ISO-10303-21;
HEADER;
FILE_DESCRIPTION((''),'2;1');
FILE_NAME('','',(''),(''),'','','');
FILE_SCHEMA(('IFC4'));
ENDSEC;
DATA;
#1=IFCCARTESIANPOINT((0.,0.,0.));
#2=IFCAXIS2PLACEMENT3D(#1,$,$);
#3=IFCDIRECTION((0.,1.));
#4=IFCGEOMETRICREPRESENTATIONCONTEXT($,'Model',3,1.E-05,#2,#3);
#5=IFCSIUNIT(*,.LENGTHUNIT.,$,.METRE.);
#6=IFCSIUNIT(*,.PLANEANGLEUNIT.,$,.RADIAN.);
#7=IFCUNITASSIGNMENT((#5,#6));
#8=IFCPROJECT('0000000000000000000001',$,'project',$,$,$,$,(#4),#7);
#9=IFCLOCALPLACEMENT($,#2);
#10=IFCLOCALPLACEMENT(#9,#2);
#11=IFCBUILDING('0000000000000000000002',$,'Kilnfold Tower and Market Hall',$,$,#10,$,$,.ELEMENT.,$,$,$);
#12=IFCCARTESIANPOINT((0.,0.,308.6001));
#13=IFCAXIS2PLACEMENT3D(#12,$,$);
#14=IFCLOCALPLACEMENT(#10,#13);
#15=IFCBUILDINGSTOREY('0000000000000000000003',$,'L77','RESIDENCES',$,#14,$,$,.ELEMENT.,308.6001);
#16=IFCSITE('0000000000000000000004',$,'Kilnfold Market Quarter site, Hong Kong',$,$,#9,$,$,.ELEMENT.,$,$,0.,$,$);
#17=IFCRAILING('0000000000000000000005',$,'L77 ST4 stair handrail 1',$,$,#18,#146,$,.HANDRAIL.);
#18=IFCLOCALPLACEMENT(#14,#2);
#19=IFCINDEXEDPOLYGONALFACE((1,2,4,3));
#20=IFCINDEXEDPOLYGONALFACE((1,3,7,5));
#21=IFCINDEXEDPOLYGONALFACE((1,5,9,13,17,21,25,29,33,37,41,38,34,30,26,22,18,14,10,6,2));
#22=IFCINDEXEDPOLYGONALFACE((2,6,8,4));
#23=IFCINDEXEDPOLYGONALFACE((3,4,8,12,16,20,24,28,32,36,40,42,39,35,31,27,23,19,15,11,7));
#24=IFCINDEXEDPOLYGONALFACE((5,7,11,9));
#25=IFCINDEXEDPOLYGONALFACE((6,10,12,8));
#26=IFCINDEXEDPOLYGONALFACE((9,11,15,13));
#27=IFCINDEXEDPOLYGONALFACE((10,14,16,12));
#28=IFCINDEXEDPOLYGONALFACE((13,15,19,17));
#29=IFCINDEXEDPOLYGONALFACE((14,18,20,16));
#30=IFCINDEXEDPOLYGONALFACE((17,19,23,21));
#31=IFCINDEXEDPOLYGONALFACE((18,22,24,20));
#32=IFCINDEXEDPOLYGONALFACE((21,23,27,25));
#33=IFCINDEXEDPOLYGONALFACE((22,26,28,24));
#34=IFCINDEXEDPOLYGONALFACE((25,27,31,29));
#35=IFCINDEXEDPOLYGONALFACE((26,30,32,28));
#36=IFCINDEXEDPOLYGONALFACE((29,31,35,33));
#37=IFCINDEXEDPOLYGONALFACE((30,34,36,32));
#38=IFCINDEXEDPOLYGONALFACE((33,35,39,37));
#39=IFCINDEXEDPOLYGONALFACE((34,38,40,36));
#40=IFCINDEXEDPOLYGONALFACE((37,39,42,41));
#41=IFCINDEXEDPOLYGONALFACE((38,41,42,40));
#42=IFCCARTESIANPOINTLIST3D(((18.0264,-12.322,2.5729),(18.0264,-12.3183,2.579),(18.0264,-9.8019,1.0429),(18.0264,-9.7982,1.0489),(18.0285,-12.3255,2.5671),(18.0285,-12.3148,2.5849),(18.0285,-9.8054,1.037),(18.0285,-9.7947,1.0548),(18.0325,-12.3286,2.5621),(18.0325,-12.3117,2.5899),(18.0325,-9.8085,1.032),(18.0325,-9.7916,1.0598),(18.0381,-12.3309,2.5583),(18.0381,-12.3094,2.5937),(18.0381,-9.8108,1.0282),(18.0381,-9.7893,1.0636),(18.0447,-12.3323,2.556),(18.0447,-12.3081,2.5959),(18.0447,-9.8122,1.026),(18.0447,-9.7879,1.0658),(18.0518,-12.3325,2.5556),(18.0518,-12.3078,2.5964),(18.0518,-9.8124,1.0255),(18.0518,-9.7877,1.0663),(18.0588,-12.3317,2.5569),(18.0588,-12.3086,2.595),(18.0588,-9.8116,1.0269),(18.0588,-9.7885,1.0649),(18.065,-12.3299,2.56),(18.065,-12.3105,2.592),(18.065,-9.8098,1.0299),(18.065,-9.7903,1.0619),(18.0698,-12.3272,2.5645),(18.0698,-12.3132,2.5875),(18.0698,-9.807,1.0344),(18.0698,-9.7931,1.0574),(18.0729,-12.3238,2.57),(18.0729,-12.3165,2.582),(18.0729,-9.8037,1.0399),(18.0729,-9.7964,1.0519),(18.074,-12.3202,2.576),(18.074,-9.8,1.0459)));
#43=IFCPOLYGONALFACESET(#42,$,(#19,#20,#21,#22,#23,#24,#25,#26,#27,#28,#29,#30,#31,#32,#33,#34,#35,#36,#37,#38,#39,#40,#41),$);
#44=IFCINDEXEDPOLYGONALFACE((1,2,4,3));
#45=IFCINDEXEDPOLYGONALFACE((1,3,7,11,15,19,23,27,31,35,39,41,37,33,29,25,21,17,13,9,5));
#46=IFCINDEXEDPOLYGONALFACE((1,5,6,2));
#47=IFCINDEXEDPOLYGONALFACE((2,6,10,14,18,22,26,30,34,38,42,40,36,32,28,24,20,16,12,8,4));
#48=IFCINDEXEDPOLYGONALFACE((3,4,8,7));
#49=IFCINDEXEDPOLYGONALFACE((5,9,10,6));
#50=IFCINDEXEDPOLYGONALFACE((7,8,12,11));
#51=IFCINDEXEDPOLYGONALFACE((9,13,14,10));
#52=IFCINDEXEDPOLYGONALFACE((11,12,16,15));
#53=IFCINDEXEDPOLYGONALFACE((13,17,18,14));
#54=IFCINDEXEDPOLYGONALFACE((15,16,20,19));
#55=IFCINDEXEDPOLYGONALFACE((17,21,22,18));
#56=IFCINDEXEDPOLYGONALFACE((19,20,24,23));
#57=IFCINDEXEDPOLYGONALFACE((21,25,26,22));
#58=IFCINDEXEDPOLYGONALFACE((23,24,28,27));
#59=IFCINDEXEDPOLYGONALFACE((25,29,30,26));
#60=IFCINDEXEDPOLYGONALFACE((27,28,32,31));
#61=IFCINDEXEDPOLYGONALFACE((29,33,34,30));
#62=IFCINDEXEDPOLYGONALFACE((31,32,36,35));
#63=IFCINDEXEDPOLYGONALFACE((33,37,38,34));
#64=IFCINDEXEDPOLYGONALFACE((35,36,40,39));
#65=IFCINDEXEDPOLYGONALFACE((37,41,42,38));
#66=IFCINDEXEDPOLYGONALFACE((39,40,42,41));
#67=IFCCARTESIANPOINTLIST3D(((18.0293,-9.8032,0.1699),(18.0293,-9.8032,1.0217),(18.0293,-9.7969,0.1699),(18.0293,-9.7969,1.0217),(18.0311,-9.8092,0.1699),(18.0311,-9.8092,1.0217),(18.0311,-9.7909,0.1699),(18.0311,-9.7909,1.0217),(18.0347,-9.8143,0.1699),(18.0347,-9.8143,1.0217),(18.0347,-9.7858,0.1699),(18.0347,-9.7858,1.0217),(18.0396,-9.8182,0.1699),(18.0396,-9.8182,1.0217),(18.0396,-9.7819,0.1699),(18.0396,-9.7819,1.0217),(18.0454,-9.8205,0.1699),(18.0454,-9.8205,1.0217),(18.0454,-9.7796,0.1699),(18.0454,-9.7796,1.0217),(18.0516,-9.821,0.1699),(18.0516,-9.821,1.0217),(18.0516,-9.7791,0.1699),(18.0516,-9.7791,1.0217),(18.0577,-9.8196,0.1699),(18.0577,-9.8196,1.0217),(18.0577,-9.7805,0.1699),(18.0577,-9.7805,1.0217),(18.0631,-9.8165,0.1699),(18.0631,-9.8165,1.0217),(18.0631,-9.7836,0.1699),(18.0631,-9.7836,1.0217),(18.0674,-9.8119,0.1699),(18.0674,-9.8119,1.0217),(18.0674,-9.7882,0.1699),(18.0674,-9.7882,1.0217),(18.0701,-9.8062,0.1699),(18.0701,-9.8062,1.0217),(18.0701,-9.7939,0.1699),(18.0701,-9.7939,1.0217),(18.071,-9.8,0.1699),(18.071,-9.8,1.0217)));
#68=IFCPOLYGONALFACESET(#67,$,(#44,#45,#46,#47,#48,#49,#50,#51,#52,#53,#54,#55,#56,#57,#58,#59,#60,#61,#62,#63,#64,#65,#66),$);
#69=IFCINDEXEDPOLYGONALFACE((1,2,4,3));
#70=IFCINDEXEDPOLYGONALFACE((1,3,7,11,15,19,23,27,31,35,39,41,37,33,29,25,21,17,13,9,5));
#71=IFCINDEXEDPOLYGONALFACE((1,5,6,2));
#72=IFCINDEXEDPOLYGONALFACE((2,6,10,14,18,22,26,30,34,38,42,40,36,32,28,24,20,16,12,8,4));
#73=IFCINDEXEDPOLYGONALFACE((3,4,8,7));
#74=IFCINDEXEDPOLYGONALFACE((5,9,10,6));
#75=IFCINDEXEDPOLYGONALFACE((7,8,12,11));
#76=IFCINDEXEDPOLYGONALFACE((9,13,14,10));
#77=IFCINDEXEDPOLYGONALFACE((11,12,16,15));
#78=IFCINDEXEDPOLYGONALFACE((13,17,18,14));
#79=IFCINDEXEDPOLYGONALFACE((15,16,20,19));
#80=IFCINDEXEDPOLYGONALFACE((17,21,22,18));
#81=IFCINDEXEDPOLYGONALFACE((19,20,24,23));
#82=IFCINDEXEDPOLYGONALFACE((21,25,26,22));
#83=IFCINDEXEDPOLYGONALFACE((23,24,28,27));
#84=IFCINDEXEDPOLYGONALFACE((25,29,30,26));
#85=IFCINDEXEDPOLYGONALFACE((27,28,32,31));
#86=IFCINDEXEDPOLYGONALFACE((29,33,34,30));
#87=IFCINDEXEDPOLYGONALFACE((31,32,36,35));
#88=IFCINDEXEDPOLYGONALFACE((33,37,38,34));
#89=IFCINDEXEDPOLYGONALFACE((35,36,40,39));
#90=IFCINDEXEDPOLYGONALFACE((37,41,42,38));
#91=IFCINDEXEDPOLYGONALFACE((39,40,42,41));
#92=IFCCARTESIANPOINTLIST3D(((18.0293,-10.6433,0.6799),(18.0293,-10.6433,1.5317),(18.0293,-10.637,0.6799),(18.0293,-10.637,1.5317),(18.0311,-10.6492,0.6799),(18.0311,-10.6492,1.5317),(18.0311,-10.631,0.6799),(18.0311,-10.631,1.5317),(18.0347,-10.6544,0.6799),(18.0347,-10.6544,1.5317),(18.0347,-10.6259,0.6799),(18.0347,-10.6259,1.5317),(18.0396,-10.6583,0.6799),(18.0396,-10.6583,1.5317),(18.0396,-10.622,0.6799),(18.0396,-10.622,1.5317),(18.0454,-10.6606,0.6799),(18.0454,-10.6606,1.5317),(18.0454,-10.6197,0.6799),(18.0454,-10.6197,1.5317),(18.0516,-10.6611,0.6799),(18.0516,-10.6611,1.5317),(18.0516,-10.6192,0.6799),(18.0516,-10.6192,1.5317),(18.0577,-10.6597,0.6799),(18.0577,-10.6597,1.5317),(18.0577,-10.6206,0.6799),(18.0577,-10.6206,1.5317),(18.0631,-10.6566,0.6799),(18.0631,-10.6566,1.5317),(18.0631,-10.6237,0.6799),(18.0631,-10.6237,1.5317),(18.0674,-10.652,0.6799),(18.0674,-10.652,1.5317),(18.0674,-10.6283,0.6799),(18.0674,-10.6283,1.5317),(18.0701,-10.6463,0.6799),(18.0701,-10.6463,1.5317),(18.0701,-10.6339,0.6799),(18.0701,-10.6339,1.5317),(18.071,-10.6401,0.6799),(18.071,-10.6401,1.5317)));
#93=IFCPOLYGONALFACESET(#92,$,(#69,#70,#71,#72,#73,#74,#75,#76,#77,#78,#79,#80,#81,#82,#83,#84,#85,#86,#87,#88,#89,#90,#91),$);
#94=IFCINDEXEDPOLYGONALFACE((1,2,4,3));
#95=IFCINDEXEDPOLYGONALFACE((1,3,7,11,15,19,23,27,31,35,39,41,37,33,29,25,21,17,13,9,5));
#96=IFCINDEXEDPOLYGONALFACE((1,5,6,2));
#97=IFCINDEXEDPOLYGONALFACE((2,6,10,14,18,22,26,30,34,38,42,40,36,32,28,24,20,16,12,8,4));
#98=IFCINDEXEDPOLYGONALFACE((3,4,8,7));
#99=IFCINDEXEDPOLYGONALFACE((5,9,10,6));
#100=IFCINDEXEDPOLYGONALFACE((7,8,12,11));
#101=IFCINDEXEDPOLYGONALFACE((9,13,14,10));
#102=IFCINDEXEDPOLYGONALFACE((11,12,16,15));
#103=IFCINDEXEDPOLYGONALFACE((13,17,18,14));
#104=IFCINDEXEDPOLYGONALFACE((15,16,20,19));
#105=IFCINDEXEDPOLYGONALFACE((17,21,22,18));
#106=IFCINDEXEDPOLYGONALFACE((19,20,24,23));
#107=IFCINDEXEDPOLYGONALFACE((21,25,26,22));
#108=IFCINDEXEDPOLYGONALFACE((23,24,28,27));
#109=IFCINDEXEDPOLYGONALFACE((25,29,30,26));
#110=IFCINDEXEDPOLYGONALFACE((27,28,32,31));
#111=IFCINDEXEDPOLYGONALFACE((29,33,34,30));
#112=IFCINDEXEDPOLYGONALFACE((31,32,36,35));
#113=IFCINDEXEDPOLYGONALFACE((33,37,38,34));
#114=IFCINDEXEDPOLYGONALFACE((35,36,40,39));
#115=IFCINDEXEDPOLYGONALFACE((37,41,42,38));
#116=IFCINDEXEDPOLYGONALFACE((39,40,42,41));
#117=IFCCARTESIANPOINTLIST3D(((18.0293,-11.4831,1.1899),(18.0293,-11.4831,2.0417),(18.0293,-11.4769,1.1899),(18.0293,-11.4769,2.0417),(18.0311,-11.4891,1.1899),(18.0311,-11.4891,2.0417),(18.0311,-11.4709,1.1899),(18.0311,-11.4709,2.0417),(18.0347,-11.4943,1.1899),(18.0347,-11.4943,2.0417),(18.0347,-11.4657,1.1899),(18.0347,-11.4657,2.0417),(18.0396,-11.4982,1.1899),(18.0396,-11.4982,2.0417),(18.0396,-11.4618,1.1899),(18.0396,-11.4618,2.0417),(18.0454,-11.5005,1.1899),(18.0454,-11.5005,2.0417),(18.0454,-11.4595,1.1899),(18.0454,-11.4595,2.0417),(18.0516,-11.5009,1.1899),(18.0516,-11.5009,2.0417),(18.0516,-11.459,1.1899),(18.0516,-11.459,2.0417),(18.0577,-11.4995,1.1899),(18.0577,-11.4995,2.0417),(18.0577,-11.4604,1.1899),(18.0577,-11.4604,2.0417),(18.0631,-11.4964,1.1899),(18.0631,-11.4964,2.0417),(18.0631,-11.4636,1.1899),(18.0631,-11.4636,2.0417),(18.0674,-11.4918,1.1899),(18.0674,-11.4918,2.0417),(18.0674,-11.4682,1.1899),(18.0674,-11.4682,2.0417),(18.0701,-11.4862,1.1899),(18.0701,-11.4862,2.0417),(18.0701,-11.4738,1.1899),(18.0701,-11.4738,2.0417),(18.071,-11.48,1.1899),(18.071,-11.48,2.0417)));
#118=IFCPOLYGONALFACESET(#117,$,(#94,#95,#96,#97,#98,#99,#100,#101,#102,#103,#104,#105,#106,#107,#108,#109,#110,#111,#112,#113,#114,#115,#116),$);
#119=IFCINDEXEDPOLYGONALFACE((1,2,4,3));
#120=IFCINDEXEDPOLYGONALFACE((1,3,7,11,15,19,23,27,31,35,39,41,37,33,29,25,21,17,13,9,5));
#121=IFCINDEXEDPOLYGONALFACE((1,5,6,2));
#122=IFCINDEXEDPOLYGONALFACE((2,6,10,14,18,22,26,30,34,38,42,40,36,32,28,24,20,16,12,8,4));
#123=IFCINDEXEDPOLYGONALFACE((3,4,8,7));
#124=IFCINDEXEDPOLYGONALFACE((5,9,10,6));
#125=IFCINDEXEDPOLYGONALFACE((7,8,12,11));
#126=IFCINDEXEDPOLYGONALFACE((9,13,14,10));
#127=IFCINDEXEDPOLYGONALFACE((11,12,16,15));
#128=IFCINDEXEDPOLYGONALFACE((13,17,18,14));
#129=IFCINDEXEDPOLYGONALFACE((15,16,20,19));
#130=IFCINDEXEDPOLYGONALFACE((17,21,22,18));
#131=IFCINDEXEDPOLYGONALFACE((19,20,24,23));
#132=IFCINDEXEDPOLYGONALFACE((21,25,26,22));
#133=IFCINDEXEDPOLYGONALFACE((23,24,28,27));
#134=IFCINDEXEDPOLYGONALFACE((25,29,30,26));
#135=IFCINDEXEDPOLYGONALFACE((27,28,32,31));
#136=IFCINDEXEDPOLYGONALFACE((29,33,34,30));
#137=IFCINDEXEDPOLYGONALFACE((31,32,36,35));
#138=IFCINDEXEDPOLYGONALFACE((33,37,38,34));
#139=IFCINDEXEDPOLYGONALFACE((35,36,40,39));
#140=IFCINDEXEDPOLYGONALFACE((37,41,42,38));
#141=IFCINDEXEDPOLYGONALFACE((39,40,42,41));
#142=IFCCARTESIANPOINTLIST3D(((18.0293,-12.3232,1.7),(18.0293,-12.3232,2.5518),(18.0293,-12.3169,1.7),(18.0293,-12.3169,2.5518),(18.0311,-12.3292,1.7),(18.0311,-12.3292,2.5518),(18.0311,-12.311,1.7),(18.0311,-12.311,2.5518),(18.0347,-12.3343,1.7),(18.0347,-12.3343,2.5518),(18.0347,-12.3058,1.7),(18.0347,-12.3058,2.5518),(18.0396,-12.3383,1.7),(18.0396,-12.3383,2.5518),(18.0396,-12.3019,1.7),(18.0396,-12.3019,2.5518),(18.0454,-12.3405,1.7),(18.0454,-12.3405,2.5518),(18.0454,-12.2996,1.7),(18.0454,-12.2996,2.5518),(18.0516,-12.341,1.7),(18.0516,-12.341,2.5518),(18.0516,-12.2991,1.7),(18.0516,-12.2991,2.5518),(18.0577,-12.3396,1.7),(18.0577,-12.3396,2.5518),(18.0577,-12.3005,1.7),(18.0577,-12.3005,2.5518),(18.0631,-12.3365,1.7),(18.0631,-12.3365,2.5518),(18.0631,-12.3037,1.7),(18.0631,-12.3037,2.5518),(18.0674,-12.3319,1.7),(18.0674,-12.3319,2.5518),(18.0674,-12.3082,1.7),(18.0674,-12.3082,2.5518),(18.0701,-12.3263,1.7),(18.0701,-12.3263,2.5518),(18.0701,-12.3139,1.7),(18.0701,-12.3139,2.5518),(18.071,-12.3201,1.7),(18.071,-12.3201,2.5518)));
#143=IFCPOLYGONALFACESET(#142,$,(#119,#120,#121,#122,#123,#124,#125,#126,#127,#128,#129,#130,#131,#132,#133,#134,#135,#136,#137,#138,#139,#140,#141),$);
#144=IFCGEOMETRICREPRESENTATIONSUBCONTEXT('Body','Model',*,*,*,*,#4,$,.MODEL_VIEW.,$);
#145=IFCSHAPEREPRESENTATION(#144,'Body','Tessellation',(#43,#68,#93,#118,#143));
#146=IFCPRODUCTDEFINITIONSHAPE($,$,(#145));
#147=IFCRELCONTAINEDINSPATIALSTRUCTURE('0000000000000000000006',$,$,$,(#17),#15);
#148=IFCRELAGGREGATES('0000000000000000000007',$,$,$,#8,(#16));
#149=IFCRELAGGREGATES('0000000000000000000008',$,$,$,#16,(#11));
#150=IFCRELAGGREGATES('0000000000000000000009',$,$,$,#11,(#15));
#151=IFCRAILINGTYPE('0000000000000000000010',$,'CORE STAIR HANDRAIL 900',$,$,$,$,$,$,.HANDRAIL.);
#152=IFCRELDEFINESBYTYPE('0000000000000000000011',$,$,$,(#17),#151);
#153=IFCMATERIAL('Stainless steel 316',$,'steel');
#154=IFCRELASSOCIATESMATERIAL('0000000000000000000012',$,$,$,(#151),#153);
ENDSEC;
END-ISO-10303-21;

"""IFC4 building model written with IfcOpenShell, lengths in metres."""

from ifc_helpers import new_model, si_unit, direction, frame, origin, origin_2d, place, context, subcontext, project, spatial, circle, extrude, material, type_object, element, save


model = new_model("IFC4")

# Units and contexts
model_context = context("Model", 3, precision=1e-05, world=origin(), true_north=direction((0.0, 1.0)))
body_context = subcontext(model_context, "Body", "Model", "MODEL_VIEW")
ifc_project = project(units=[si_unit("LENGTHUNIT", "METRE"), si_unit("PLANEANGLEUNIT", "RADIAN")], contexts=[model_context])

# Site, building, storey
site_placement = place(None, origin())
site = spatial("IfcSite", under=ifc_project, at=site_placement, Name="Kilnfold Market Quarter site, Hong Kong", CompositionType="ELEMENT", RefElevation=0.0)
building_placement = place(site_placement, origin())
building = spatial("IfcBuilding", under=site, at=building_placement, Name="Kilnfold Tower and Market Hall", CompositionType="ELEMENT")
storey_placement = place(building_placement, frame((0.0, 0.0, 308.6001)))
storey = spatial("IfcBuildingStorey", under=building, at=storey_placement, Name="L77", Description="RESIDENCES", CompositionType="ELEMENT", Elevation=308.6001)

# Railing
ifc_material_1 = material(Name="Stainless steel 316", Category="steel")
railing_type_1 = type_object("IfcRailingType", Name="CORE STAIR HANDRAIL 900", PredefinedType="HANDRAIL", material=ifc_material_1)
railing_1_placement = place(storey_placement, frame((18.05, -9.8, 0.1699)))
element("IfcRailing", 1, at=railing_1_placement, inside=storey, type_object=railing_type_1, Name="L77 ST4 stair handrail 1", PredefinedType="HANDRAIL", context=body_context, shape_type="SweptSolid", body=[
    extrude(circle(Radius=0.0239, at=origin_2d()), frame((0.0, 0.0, 0.876), z_axis=(0.0, -0.854785, 0.518982), x_axis=(1.0, 0.0, 0.0)), (0.0, 0.0, 1.0), 2.9482),
    extrude(circle(Radius=0.021, at=origin_2d()), origin(), (0.0, 0.0, 1.0), 0.8518),
    extrude(circle(Radius=0.021, at=origin_2d()), frame((0.0, -0.8401, 0.51)), (0.0, 0.0, 1.0), 0.8518),
    extrude(circle(Radius=0.021, at=origin_2d()), frame((0.0, -1.6799, 1.02)), (0.0, 0.0, 1.0), 0.8518),
    extrude(circle(Radius=0.021, at=origin_2d()), frame((0.0, -2.52, 1.53)), (0.0, 0.0, 1.0), 0.8518),
])

save(model, "model.ifc")
